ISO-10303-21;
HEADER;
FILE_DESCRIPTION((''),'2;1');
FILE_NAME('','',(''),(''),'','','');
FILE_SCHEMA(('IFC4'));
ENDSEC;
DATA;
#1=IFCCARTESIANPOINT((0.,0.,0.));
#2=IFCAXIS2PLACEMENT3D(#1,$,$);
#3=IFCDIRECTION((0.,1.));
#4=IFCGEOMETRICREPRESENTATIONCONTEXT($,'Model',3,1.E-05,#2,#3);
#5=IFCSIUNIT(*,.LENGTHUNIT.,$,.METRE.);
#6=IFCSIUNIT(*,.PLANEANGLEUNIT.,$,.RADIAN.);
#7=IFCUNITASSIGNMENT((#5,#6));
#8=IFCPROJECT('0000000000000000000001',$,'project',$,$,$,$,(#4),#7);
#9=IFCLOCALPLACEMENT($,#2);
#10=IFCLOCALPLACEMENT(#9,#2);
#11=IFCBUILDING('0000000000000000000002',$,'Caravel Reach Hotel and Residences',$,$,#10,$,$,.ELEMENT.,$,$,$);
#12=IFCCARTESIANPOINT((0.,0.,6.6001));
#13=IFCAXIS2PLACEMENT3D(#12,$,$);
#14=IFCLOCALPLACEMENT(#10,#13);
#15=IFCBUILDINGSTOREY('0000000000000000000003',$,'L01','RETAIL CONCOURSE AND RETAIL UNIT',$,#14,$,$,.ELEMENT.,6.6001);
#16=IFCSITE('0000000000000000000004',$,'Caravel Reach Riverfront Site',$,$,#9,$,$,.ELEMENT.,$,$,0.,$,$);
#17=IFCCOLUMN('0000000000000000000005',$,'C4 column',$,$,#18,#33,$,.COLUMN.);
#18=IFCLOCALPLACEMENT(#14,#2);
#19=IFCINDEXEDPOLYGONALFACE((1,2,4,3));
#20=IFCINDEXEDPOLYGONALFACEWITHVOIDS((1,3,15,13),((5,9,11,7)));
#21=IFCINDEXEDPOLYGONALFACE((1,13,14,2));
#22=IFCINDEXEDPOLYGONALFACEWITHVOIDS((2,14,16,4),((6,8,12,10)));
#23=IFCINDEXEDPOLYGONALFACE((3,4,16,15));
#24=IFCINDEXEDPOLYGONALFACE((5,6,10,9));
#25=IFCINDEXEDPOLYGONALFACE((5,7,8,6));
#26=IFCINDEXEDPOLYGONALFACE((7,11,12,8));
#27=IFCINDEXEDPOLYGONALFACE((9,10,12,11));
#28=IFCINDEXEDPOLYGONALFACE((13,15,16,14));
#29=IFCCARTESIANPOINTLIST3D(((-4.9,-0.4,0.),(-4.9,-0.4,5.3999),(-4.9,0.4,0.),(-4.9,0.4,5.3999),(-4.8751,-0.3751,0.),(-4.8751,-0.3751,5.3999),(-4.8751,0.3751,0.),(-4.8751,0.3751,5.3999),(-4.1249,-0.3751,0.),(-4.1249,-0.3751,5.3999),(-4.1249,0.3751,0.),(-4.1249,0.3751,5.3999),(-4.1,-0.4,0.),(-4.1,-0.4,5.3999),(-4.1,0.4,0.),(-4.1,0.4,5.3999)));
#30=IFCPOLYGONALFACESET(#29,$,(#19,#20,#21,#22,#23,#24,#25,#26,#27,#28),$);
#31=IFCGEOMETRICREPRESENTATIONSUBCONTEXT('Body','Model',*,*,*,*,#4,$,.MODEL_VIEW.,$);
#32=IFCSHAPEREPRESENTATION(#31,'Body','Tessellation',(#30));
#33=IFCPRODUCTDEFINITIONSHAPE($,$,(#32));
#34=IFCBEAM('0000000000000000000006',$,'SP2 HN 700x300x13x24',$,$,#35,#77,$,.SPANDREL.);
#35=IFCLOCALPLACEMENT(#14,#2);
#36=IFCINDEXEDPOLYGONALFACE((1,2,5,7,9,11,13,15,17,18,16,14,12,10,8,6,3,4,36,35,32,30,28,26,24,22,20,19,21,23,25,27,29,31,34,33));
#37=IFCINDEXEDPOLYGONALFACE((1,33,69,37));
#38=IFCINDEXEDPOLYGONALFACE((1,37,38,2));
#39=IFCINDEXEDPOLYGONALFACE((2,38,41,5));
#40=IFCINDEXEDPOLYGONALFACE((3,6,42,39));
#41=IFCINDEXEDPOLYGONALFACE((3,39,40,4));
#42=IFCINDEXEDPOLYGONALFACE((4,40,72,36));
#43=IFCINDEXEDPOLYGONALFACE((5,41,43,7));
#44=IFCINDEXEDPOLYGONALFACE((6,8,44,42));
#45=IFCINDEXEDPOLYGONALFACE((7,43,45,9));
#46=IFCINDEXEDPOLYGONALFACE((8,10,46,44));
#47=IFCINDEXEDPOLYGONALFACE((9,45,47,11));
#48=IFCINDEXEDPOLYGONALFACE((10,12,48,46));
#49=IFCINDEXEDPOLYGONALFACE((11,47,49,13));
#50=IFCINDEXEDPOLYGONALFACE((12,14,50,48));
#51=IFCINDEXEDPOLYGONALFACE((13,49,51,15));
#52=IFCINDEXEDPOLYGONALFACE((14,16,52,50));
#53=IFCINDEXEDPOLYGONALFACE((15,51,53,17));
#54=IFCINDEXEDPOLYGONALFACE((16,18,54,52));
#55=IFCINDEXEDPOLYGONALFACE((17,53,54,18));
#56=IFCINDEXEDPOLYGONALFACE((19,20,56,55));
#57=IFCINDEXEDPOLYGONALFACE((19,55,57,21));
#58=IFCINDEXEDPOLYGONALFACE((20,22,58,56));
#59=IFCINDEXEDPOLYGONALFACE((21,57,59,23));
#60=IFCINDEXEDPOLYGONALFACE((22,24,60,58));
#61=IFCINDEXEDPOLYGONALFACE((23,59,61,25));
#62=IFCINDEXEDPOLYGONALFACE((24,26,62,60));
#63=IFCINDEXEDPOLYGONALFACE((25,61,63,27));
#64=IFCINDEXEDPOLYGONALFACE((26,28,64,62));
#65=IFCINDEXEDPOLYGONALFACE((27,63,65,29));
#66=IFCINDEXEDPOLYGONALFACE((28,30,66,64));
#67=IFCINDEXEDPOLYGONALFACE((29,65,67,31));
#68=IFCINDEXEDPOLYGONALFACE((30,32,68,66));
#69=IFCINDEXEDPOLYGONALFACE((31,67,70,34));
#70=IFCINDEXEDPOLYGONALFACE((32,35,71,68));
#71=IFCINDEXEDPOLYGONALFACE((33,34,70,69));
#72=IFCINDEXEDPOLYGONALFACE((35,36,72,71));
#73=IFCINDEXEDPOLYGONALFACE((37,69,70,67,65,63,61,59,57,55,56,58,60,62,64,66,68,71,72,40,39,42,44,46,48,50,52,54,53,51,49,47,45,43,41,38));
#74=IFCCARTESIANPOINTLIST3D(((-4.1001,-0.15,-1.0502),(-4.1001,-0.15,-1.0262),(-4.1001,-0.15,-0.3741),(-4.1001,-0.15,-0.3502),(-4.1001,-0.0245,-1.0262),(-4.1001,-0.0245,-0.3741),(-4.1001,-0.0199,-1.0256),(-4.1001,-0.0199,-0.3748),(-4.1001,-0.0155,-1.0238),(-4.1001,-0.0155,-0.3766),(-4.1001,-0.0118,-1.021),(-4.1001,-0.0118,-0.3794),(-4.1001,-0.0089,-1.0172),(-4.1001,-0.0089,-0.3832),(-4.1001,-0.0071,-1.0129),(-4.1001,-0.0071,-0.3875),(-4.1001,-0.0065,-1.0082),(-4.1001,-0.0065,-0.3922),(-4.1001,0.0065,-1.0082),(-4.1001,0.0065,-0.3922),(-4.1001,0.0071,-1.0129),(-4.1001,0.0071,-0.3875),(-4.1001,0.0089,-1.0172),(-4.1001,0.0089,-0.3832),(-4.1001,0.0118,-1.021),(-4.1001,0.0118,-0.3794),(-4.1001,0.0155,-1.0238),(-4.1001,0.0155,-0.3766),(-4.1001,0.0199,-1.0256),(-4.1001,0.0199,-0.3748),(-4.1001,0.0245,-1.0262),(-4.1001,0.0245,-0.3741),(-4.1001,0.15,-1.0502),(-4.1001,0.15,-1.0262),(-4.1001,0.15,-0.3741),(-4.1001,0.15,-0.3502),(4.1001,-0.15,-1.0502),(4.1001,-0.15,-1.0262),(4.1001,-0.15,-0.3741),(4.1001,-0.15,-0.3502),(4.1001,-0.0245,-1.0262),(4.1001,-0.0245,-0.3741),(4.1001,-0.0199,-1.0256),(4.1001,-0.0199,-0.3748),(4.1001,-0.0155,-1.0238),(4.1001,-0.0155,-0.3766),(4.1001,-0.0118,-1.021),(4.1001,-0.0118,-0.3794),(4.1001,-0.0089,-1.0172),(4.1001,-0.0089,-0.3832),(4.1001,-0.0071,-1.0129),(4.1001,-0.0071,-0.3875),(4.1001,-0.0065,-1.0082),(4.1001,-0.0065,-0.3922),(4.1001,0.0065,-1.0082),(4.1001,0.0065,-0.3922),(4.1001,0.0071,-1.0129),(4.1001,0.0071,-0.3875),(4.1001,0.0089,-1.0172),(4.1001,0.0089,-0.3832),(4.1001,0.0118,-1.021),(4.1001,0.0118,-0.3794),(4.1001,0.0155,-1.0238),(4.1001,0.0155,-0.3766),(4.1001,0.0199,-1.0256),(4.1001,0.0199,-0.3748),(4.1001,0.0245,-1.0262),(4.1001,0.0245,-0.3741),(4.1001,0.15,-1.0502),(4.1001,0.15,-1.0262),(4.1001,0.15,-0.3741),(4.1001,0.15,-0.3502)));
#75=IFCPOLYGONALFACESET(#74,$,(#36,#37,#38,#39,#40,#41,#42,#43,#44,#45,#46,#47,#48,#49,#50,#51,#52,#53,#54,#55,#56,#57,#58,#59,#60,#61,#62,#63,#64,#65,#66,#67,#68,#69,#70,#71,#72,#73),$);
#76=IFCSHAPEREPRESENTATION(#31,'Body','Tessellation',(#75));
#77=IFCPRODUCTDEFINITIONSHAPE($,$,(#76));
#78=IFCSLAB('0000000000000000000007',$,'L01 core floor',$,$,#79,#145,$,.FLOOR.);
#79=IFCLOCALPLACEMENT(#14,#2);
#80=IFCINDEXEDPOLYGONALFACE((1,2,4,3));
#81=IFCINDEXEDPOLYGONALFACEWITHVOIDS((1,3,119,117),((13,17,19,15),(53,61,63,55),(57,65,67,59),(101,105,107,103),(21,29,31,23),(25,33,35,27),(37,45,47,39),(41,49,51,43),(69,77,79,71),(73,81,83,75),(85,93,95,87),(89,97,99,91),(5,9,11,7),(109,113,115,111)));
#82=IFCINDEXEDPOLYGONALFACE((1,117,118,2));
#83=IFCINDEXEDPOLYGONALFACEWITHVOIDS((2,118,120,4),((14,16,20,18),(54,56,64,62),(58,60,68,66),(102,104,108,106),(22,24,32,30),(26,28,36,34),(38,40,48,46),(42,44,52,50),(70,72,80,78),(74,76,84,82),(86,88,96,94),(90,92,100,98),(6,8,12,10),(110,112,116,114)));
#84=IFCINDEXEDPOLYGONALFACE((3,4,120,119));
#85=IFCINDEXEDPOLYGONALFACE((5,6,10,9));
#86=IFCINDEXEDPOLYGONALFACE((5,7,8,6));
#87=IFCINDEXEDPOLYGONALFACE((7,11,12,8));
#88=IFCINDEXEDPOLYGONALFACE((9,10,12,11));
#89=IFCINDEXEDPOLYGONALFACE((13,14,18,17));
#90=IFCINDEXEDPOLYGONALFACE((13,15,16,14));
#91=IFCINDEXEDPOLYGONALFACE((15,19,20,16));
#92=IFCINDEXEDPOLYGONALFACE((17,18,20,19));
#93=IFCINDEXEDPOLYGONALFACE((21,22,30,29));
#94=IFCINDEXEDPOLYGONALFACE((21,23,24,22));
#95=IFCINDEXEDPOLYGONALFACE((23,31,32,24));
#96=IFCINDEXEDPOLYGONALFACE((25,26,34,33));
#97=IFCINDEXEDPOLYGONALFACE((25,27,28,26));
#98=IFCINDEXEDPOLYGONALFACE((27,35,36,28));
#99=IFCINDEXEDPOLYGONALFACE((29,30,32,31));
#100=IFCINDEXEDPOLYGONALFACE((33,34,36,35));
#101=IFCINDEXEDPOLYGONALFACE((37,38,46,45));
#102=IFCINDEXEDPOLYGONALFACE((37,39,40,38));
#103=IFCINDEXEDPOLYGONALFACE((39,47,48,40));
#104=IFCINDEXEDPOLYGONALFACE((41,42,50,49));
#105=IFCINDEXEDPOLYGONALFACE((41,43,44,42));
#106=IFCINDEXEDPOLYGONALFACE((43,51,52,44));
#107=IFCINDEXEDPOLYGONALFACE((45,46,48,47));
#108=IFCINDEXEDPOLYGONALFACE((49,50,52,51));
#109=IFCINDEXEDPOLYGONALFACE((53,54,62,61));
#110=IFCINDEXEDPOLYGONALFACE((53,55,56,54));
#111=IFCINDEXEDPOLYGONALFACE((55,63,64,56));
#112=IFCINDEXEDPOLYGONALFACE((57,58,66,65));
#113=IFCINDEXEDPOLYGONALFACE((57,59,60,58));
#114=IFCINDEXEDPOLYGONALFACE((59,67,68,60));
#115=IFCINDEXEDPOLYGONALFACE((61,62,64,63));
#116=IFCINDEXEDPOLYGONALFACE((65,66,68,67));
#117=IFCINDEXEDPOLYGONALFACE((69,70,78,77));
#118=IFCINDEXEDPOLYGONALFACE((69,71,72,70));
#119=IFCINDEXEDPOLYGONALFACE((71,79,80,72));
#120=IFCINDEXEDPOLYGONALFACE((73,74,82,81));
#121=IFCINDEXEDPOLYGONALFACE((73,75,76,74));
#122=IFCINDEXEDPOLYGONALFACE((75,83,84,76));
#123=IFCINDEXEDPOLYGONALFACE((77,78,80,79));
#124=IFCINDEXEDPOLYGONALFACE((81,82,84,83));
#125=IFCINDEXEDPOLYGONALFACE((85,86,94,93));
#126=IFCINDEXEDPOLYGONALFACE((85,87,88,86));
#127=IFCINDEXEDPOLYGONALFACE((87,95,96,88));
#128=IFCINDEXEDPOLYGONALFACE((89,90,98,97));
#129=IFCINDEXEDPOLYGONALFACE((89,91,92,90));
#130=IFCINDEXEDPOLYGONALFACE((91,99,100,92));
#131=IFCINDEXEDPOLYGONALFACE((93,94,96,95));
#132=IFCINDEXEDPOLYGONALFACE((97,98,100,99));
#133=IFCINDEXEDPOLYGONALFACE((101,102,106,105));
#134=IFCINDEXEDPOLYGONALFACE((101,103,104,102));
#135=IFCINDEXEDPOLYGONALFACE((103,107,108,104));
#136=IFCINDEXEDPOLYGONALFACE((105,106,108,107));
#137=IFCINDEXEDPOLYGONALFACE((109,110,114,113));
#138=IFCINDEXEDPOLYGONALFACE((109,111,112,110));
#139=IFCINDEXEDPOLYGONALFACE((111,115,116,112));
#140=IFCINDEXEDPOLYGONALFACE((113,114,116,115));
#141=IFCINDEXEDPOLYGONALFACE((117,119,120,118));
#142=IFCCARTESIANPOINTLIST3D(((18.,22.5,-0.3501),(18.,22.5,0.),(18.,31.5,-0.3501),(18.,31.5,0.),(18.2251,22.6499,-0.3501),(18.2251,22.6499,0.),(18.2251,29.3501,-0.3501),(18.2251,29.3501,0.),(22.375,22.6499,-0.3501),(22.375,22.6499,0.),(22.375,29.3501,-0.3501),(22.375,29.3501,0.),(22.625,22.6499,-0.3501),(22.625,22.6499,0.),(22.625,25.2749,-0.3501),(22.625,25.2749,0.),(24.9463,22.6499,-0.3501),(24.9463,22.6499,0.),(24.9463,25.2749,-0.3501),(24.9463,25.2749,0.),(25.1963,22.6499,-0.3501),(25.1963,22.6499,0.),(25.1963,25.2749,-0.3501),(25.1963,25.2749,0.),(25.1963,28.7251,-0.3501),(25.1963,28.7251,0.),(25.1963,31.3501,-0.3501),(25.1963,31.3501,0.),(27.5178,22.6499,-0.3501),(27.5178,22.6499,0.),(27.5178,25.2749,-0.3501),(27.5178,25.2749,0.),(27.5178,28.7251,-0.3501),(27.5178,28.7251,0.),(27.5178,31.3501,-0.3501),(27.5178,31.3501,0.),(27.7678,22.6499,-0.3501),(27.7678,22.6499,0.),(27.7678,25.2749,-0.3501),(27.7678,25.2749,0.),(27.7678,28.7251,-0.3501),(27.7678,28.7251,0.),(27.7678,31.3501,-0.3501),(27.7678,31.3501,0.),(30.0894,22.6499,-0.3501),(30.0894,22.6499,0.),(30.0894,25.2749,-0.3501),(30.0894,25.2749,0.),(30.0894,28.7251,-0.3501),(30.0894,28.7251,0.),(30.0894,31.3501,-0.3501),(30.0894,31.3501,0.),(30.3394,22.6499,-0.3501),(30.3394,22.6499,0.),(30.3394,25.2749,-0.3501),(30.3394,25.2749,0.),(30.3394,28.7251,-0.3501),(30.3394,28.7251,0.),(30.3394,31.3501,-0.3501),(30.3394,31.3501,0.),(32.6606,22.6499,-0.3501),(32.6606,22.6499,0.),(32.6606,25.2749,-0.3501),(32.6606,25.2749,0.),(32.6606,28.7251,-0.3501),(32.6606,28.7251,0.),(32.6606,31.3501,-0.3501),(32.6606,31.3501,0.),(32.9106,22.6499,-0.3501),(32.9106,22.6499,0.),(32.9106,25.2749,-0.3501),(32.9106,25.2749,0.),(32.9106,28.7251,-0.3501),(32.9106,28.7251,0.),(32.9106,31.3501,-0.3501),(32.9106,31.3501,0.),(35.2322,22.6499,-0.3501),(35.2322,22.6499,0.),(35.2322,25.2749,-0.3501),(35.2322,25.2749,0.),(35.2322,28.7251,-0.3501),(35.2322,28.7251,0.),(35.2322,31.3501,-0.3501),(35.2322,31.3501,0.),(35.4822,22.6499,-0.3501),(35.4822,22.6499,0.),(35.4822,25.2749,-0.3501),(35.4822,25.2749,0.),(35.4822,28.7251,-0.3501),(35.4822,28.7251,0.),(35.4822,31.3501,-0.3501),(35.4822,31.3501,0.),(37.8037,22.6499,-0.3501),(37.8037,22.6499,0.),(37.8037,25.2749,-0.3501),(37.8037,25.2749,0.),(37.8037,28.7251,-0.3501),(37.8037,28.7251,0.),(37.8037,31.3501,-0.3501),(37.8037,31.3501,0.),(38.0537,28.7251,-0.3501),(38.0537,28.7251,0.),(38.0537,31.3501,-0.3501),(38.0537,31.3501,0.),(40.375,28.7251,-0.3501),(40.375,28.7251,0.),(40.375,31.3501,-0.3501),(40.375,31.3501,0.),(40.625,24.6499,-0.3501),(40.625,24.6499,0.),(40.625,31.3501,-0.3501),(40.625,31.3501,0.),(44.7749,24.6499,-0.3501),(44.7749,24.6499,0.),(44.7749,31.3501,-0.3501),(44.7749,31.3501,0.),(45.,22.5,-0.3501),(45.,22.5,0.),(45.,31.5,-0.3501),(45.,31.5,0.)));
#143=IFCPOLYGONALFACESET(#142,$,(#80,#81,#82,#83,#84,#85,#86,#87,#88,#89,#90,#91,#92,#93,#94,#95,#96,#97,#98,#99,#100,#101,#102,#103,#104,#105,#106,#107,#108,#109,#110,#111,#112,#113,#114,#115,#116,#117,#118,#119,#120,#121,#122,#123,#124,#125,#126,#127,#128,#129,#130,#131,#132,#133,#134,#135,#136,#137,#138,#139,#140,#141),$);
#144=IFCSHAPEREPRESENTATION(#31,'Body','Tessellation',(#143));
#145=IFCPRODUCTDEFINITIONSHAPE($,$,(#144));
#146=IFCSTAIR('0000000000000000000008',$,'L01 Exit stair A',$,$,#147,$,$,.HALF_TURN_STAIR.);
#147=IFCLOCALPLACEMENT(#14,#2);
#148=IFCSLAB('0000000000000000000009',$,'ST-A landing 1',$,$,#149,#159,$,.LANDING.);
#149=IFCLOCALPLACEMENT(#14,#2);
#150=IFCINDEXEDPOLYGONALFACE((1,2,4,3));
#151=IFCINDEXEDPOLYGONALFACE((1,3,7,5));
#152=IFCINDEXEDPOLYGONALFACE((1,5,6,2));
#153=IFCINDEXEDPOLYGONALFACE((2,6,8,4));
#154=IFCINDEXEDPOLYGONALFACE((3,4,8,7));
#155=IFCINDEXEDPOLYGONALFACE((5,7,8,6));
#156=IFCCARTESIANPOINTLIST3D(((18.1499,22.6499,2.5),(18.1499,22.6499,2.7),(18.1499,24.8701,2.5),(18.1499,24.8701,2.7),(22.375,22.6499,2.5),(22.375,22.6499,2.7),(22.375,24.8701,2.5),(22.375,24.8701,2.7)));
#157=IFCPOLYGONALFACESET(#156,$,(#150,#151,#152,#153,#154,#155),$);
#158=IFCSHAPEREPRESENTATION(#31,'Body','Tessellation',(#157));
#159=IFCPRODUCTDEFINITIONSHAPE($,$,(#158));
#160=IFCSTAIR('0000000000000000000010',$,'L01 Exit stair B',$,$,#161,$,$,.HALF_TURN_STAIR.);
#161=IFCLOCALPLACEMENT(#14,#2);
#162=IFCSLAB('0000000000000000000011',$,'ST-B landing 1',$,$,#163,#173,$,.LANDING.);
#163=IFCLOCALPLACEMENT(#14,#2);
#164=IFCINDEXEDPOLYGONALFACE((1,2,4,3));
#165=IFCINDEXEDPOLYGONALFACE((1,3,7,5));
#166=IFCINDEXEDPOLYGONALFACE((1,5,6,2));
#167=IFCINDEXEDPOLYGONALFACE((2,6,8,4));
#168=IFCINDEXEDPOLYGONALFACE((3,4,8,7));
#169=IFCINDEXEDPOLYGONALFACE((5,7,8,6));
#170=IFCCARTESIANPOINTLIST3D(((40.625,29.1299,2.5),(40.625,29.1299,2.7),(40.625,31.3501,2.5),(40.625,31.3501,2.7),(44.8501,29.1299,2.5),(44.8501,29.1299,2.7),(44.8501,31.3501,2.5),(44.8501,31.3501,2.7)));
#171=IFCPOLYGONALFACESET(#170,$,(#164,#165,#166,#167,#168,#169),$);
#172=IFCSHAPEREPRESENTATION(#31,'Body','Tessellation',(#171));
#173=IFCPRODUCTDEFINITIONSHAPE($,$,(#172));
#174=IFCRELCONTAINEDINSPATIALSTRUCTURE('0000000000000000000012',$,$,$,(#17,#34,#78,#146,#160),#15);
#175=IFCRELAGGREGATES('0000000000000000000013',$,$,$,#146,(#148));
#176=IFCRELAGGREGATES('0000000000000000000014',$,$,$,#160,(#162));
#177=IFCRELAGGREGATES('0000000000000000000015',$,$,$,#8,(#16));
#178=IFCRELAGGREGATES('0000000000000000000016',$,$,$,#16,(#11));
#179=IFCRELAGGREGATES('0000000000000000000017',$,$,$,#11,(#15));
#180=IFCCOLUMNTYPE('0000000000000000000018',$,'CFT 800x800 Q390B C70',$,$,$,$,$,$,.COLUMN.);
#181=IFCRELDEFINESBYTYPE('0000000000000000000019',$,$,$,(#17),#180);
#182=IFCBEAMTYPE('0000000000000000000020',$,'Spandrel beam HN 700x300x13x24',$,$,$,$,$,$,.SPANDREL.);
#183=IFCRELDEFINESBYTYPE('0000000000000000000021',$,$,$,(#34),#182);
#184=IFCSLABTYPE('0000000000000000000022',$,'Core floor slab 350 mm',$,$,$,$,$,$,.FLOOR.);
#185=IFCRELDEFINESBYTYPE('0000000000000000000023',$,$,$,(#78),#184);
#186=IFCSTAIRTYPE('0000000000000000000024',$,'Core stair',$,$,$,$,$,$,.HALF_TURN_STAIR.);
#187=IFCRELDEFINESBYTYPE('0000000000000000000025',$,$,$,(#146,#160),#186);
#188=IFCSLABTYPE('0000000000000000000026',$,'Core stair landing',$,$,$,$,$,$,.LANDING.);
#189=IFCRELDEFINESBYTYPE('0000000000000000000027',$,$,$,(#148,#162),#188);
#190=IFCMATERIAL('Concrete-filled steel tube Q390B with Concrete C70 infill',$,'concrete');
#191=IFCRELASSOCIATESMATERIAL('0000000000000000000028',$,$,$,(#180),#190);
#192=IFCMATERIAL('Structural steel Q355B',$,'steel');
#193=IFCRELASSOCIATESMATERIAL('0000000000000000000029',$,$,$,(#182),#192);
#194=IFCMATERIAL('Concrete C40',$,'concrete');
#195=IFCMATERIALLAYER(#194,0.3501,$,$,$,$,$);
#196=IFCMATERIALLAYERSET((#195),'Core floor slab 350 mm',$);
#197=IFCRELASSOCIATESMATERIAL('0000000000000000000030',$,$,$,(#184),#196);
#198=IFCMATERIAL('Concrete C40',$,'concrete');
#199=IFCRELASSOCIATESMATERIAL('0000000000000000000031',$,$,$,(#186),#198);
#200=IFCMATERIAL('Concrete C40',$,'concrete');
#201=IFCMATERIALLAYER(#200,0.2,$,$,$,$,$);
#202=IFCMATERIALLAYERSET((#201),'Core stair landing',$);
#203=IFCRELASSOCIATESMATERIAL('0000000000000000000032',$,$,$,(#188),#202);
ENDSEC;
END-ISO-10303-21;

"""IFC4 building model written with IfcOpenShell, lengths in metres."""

from ifc_helpers import new_model, si_unit, direction, frame, origin, origin_2d, place, context, subcontext, project, spatial, polyline, hollow_rectangle, i_section, outline, extrude, material, layer, layer_set, material_profile, profile_set, type_object, element, aggregate, save


model = new_model("IFC4")

# Units and contexts
model_context = context("Model", 3, precision=1e-05, world=origin(), true_north=direction((0.0, 1.0)))
body_context = subcontext(model_context, "Body", "Model", "MODEL_VIEW")
ifc_project = project(units=[si_unit("LENGTHUNIT", "METRE"), si_unit("PLANEANGLEUNIT", "RADIAN")], contexts=[model_context])

# Site, building, storey
site_placement = place(None, origin())
site = spatial("IfcSite", under=ifc_project, at=site_placement, Name="Caravel Reach Riverfront Site", CompositionType="ELEMENT", RefElevation=0.0)
building_placement = place(site_placement, origin())
building = spatial("IfcBuilding", under=site, at=building_placement, Name="Caravel Reach Hotel and Residences", CompositionType="ELEMENT")
storey_placement = place(building_placement, frame((0.0, 0.0, 6.6001)))
storey = spatial("IfcBuildingStorey", under=building, at=storey_placement, Name="L01", Description="RETAIL CONCOURSE AND RETAIL UNIT", CompositionType="ELEMENT", Elevation=6.6001)

# Column
ifc_material_1 = material(Name="Concrete-filled steel tube Q390B with Concrete C70 infill", Category="concrete")
ifc_material_profile_1 = material_profile(ifc_material_1, hollow_rectangle(XDim=0.8, YDim=0.8, WallThickness=0.0249, at=origin_2d()), Name="RHS 800x800x25")
ifc_profile_set_1 = profile_set([ifc_material_profile_1], Name="Concrete-filled steel tube Q390B with Concrete C70 infill")
column_type = type_object("IfcColumnType", Name="CFT 800x800 Q390B C70", PredefinedType="COLUMN", material=ifc_profile_set_1)
column_placement = place(storey_placement, frame((-4.5, 0.0, 0.0), z_axis=(0.0, 0.0, 1.0), x_axis=(1.0, 0.0, 0.0)))
element("IfcColumn", 1, at=column_placement, inside=storey, type_object=column_type, Name="C4 column", PredefinedType="COLUMN", context=body_context, shape_type="SweptSolid", body=[
    extrude(hollow_rectangle(XDim=0.8, YDim=0.8, WallThickness=0.0249, at=origin_2d()), origin(), (0.0, 0.0, 1.0), 5.3999),
])

# Beam
ifc_material_2 = material(Name="Structural steel Q355B", Category="steel")
ifc_material_profile_2 = material_profile(ifc_material_2, i_section(OverallWidth=0.3, OverallDepth=0.7, WebThickness=0.0129, FlangeThickness=0.0239, FilletRadius=0.0181, at=origin_2d()), Name="HN 700x300x13x24")
ifc_profile_set_2 = profile_set([ifc_material_profile_2], Name="Structural steel Q355B")
beam_type = type_object("IfcBeamType", Name="Spandrel beam HN 700x300x13x24", PredefinedType="SPANDREL", material=ifc_profile_set_2)
beam_placement = place(storey_placement, frame((-4.1001, 0.0, -0.7002), z_axis=(1.0, 0.0, 0.0), x_axis=(0.0, 1.0, 0.0)))
element("IfcBeam", 2, at=beam_placement, inside=storey, type_object=beam_type, Name="SP2 HN 700x300x13x24", PredefinedType="SPANDREL", context=body_context, shape_type="SweptSolid", body=[
    extrude(i_section(OverallWidth=0.3, OverallDepth=0.7, WebThickness=0.0129, FlangeThickness=0.0239, FilletRadius=0.0181, at=origin_2d()), origin(), (0.0, 0.0, 1.0), 8.2002),
])

# Slab
ifc_material_3 = material(Name="Concrete C40", Category="concrete")
ifc_layer_1 = layer(ifc_material_3, 0.3501)
ifc_layer_set_1 = layer_set([ifc_layer_1], Name="Core floor slab 350 mm")
slab_type_1 = type_object("IfcSlabType", Name="Core floor slab 350 mm", PredefinedType="FLOOR", material=ifc_layer_set_1)
slab_1_placement = place(storey_placement, frame((0.0, 0.0, -0.3501)))
element("IfcSlab", 3, at=slab_1_placement, inside=storey, type_object=slab_type_1, Name="L01 core floor", PredefinedType="FLOOR", context=body_context, shape_type="SweptSolid", body=[
    extrude(outline(polyline([(18.0, 31.5), (45.0, 31.5), (45.0, 22.5), (18.0, 22.5), (18.0, 31.5)]), holes=[polyline([(22.625, 25.2749), (22.625, 22.6499), (24.9463, 22.6499), (24.9463, 25.2749), (22.625, 25.2749)]), polyline([(27.5178, 25.2749), (25.1963, 25.2749), (25.1963, 22.6499), (27.5178, 22.6499), (27.5178, 25.2749)]), polyline([(30.0894, 25.2749), (27.7678, 25.2749), (27.7678, 22.6499), (30.0894, 22.6499), (30.0894, 25.2749)]), polyline([(32.6606, 25.2749), (30.3394, 25.2749), (30.3394, 22.6499), (32.6606, 22.6499), (32.6606, 25.2749)]), polyline([(18.2251, 22.6499), (22.375, 22.6499), (22.375, 29.3501), (18.2251, 29.3501), (18.2251, 22.6499)]), polyline([(27.5178, 31.3501), (25.1963, 31.3501), (25.1963, 28.7251), (27.5178, 28.7251), (27.5178, 31.3501)]), polyline([(30.0894, 31.3501), (27.7678, 31.3501), (27.7678, 28.7251), (30.0894, 28.7251), (30.0894, 31.3501)]), polyline([(32.9106, 25.2749), (32.9106, 22.6499), (35.2322, 22.6499), (35.2322, 25.2749), (32.9106, 25.2749)]), polyline([(37.8037, 25.2749), (35.4822, 25.2749), (35.4822, 22.6499), (37.8037, 22.6499), (37.8037, 25.2749)]), polyline([(44.7749, 31.3501), (40.625, 31.3501), (40.625, 24.6499), (44.7749, 24.6499), (44.7749, 31.3501)]), polyline([(32.6606, 31.3501), (30.3394, 31.3501), (30.3394, 28.7251), (32.6606, 28.7251), (32.6606, 31.3501)]), polyline([(35.2322, 31.3501), (32.9106, 31.3501), (32.9106, 28.7251), (35.2322, 28.7251), (35.2322, 31.3501)]), polyline([(37.8037, 31.3501), (35.4822, 31.3501), (35.4822, 28.7251), (37.8037, 28.7251), (37.8037, 31.3501)]), polyline([(40.375, 31.3501), (38.0537, 31.3501), (38.0537, 28.7251), (40.375, 28.7251), (40.375, 31.3501)])]), origin(), (0.0, 0.0, 1.0), 0.3501),
])

# Stairs, slabs
ifc_material_4 = material(Name="Concrete C40", Category="concrete")
stair_type = type_object("IfcStairType", Name="Core stair", PredefinedType="HALF_TURN_STAIR", material=ifc_material_4)
stair_1_placement = place(storey_placement, origin())
stair_1 = element("IfcStair", 4, at=stair_1_placement, inside=storey, type_object=stair_type, Name="L01 Exit stair A", PredefinedType="HALF_TURN_STAIR")
ifc_material_5 = material(Name="Concrete C40", Category="concrete")
ifc_layer_2 = layer(ifc_material_5, 0.2)
ifc_layer_set_2 = layer_set([ifc_layer_2], Name="Core stair landing")
slab_type_2 = type_object("IfcSlabType", Name="Core stair landing", PredefinedType="LANDING", material=ifc_layer_set_2)
slab_2_placement = place(storey_placement, frame((0.0, 0.0, 2.5)))
slab_2 = element("IfcSlab", 5, at=slab_2_placement, type_object=slab_type_2, Name="ST-A landing 1", PredefinedType="LANDING", context=body_context, shape_type="SweptSolid", body=[
    extrude(outline(polyline([(18.1499, 24.8701), (18.1499, 22.6499), (22.375, 22.6499), (22.375, 24.8701), (18.1499, 24.8701)])), origin(), (0.0, 0.0, 1.0), 0.2),
])
aggregate(stair_1, [slab_2])
stair_2_placement = place(storey_placement, origin())
stair_2 = element("IfcStair", 6, at=stair_2_placement, inside=storey, type_object=stair_type, Name="L01 Exit stair B", PredefinedType="HALF_TURN_STAIR")
slab_3_placement = place(storey_placement, frame((0.0, 0.0, 2.5)))
slab_3 = element("IfcSlab", 7, at=slab_3_placement, type_object=slab_type_2, Name="ST-B landing 1", PredefinedType="LANDING", context=body_context, shape_type="SweptSolid", body=[
    extrude(outline(polyline([(44.8501, 29.1299), (44.8501, 31.3501), (40.625, 31.3501), (40.625, 29.1299), (44.8501, 29.1299)])), origin(), (0.0, 0.0, 1.0), 0.2),
])
aggregate(stair_2, [slab_3])

save(model, "model.ifc")
